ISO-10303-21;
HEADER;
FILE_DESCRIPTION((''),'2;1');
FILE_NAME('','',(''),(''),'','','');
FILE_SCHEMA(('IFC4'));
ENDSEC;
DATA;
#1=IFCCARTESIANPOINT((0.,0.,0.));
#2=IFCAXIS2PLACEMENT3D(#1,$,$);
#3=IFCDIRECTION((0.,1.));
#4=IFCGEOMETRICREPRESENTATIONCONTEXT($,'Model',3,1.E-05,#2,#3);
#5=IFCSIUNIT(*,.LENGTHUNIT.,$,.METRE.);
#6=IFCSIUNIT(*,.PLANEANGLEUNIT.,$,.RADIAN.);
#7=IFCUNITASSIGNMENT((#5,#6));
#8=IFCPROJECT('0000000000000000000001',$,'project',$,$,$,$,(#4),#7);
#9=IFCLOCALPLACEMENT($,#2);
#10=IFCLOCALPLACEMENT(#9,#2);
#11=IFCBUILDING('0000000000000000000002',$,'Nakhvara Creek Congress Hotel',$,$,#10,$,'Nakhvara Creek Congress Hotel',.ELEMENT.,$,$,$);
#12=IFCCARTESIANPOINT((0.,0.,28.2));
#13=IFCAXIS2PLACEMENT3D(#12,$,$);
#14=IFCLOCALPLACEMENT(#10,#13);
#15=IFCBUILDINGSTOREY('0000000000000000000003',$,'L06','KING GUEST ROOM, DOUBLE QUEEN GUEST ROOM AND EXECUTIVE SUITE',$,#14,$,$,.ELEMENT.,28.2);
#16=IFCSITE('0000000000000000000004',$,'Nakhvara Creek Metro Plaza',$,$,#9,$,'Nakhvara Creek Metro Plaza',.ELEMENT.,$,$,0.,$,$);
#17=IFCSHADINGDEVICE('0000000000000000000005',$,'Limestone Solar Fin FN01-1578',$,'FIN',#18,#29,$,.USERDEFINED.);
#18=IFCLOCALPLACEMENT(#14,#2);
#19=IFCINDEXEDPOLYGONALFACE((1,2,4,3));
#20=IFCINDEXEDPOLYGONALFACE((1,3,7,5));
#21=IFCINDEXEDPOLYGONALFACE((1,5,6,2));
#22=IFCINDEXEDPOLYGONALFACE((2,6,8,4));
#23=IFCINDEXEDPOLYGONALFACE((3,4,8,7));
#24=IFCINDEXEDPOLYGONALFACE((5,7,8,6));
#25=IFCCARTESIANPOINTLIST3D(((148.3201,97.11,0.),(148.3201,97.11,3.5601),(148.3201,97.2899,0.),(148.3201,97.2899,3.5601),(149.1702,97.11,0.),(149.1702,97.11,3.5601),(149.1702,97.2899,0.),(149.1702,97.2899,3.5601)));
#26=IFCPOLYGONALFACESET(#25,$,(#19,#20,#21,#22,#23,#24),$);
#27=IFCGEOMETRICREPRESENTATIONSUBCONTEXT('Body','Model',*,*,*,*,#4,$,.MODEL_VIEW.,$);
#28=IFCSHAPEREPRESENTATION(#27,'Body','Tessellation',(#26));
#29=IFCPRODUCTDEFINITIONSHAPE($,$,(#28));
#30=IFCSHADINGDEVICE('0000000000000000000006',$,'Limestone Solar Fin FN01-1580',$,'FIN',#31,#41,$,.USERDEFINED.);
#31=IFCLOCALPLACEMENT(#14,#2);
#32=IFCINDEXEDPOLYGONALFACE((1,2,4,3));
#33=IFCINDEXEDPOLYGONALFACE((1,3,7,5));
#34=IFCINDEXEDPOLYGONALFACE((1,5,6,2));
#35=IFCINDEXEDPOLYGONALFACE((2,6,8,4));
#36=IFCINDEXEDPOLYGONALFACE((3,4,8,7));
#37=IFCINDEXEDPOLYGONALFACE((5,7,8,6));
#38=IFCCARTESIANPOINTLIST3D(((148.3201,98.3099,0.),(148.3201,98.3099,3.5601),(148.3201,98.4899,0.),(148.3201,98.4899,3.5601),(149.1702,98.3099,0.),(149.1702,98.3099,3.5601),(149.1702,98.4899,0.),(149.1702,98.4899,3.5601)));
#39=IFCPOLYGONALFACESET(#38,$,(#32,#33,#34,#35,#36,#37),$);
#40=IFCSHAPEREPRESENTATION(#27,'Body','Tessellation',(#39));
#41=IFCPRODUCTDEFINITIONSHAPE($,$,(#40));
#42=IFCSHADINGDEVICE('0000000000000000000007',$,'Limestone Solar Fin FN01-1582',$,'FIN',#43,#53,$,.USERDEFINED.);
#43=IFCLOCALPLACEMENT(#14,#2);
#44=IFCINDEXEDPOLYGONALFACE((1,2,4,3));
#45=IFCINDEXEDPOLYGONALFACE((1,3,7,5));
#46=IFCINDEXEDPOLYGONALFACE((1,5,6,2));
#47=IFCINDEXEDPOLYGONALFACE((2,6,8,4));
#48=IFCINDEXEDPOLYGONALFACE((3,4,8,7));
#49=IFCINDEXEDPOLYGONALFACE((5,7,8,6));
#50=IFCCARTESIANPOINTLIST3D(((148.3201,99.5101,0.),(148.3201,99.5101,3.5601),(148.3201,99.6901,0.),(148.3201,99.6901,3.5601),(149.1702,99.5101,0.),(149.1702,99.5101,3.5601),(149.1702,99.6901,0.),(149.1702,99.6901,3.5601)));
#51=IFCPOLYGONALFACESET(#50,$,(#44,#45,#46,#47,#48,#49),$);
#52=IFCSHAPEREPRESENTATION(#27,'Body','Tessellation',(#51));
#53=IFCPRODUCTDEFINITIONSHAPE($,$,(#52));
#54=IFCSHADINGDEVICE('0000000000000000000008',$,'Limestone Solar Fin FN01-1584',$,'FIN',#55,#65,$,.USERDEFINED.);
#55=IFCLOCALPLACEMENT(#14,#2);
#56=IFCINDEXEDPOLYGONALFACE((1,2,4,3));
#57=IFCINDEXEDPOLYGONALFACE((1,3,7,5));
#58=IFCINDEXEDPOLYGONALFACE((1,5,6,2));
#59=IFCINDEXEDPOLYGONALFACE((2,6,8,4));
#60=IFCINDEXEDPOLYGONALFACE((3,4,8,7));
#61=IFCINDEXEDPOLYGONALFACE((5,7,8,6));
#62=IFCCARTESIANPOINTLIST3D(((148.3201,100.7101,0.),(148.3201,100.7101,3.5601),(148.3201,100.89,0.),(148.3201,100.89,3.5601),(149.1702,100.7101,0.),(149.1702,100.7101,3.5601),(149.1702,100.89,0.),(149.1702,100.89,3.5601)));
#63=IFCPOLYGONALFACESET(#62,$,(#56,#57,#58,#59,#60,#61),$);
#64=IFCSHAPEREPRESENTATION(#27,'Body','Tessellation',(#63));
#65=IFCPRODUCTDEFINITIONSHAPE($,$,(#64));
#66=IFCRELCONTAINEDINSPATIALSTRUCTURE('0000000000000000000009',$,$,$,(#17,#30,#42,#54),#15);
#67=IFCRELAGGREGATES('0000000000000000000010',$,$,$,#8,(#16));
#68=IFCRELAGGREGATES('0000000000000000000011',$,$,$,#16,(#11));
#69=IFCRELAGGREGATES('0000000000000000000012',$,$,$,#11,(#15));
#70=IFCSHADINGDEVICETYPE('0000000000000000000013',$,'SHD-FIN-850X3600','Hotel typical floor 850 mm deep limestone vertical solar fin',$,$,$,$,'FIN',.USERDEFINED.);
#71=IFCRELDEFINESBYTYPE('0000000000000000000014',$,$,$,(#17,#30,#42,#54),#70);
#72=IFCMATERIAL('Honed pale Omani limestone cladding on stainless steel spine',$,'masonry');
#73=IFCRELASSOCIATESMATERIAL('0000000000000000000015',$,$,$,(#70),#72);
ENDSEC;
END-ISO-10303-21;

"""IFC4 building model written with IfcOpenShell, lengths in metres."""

from ifc_helpers import new_model, si_unit, direction, frame, origin, origin_2d, place, context, subcontext, project, spatial, rectangle, extrude, material, type_object, element, save


model = new_model("IFC4")

# Units and contexts
model_context = context("Model", 3, precision=1e-05, world=origin(), true_north=direction((0.0, 1.0)))
body_context = subcontext(model_context, "Body", "Model", "MODEL_VIEW")
ifc_project = project(units=[si_unit("LENGTHUNIT", "METRE"), si_unit("PLANEANGLEUNIT", "RADIAN")], contexts=[model_context])

# Site, building, storey
site_placement = place(None, origin())
site = spatial("IfcSite", under=ifc_project, at=site_placement, Name="Nakhvara Creek Metro Plaza", LongName="Nakhvara Creek Metro Plaza", CompositionType="ELEMENT", RefElevation=0.0)
building_placement = place(site_placement, origin())
building = spatial("IfcBuilding", under=site, at=building_placement, Name="Nakhvara Creek Congress Hotel", LongName="Nakhvara Creek Congress Hotel", CompositionType="ELEMENT")
storey_placement = place(building_placement, frame((0.0, 0.0, 28.2)))
storey = spatial("IfcBuildingStorey", under=building, at=storey_placement, Name="L06", Description="KING GUEST ROOM, DOUBLE QUEEN GUEST ROOM AND EXECUTIVE SUITE", CompositionType="ELEMENT", Elevation=28.2)

# Shading devices
ifc_material_1 = material(Name="Honed pale Omani limestone cladding on stainless steel spine", Category="masonry")
shading_device_type = type_object("IfcShadingDeviceType", Name="SHD-FIN-850X3600", Description="Hotel typical floor 850 mm deep limestone vertical solar fin", ElementType="FIN", PredefinedType="USERDEFINED", material=ifc_material_1)
for number, where, z_axis, x_axis, name in (
    (1, (148.7451, 97.2, 0.0), (0.0, 0.0, 1.0), (0.0, 1.0, 0.0), "Limestone Solar Fin FN01-1578"),
    (2, (148.7451, 98.3999, 0.0), (0.0, 0.0, 1.0), (0.0, 1.0, 0.0), "Limestone Solar Fin FN01-1580"),
    (3, (148.7451, 99.6001, 0.0), (0.0, 0.0, 1.0), (0.0, 1.0, 0.0), "Limestone Solar Fin FN01-1582"),
    (4, (148.7451, 100.8, 0.0), (0.0, 0.0, 1.0), (0.0, 1.0, 0.0), "Limestone Solar Fin FN01-1584"),
):
    element("IfcShadingDevice", number, at=place(storey_placement, frame(where, z_axis=z_axis, x_axis=x_axis)), inside=storey, type_object=shading_device_type, Name=name, ObjectType="FIN", PredefinedType="USERDEFINED", context=body_context, shape_type="SweptSolid", body=[
        extrude(rectangle(XDim=0.1799, YDim=0.8501, at=origin_2d()), origin(), (0.0, 0.0, 1.0), 3.5601),
    ])

save(model, "model.ifc")
